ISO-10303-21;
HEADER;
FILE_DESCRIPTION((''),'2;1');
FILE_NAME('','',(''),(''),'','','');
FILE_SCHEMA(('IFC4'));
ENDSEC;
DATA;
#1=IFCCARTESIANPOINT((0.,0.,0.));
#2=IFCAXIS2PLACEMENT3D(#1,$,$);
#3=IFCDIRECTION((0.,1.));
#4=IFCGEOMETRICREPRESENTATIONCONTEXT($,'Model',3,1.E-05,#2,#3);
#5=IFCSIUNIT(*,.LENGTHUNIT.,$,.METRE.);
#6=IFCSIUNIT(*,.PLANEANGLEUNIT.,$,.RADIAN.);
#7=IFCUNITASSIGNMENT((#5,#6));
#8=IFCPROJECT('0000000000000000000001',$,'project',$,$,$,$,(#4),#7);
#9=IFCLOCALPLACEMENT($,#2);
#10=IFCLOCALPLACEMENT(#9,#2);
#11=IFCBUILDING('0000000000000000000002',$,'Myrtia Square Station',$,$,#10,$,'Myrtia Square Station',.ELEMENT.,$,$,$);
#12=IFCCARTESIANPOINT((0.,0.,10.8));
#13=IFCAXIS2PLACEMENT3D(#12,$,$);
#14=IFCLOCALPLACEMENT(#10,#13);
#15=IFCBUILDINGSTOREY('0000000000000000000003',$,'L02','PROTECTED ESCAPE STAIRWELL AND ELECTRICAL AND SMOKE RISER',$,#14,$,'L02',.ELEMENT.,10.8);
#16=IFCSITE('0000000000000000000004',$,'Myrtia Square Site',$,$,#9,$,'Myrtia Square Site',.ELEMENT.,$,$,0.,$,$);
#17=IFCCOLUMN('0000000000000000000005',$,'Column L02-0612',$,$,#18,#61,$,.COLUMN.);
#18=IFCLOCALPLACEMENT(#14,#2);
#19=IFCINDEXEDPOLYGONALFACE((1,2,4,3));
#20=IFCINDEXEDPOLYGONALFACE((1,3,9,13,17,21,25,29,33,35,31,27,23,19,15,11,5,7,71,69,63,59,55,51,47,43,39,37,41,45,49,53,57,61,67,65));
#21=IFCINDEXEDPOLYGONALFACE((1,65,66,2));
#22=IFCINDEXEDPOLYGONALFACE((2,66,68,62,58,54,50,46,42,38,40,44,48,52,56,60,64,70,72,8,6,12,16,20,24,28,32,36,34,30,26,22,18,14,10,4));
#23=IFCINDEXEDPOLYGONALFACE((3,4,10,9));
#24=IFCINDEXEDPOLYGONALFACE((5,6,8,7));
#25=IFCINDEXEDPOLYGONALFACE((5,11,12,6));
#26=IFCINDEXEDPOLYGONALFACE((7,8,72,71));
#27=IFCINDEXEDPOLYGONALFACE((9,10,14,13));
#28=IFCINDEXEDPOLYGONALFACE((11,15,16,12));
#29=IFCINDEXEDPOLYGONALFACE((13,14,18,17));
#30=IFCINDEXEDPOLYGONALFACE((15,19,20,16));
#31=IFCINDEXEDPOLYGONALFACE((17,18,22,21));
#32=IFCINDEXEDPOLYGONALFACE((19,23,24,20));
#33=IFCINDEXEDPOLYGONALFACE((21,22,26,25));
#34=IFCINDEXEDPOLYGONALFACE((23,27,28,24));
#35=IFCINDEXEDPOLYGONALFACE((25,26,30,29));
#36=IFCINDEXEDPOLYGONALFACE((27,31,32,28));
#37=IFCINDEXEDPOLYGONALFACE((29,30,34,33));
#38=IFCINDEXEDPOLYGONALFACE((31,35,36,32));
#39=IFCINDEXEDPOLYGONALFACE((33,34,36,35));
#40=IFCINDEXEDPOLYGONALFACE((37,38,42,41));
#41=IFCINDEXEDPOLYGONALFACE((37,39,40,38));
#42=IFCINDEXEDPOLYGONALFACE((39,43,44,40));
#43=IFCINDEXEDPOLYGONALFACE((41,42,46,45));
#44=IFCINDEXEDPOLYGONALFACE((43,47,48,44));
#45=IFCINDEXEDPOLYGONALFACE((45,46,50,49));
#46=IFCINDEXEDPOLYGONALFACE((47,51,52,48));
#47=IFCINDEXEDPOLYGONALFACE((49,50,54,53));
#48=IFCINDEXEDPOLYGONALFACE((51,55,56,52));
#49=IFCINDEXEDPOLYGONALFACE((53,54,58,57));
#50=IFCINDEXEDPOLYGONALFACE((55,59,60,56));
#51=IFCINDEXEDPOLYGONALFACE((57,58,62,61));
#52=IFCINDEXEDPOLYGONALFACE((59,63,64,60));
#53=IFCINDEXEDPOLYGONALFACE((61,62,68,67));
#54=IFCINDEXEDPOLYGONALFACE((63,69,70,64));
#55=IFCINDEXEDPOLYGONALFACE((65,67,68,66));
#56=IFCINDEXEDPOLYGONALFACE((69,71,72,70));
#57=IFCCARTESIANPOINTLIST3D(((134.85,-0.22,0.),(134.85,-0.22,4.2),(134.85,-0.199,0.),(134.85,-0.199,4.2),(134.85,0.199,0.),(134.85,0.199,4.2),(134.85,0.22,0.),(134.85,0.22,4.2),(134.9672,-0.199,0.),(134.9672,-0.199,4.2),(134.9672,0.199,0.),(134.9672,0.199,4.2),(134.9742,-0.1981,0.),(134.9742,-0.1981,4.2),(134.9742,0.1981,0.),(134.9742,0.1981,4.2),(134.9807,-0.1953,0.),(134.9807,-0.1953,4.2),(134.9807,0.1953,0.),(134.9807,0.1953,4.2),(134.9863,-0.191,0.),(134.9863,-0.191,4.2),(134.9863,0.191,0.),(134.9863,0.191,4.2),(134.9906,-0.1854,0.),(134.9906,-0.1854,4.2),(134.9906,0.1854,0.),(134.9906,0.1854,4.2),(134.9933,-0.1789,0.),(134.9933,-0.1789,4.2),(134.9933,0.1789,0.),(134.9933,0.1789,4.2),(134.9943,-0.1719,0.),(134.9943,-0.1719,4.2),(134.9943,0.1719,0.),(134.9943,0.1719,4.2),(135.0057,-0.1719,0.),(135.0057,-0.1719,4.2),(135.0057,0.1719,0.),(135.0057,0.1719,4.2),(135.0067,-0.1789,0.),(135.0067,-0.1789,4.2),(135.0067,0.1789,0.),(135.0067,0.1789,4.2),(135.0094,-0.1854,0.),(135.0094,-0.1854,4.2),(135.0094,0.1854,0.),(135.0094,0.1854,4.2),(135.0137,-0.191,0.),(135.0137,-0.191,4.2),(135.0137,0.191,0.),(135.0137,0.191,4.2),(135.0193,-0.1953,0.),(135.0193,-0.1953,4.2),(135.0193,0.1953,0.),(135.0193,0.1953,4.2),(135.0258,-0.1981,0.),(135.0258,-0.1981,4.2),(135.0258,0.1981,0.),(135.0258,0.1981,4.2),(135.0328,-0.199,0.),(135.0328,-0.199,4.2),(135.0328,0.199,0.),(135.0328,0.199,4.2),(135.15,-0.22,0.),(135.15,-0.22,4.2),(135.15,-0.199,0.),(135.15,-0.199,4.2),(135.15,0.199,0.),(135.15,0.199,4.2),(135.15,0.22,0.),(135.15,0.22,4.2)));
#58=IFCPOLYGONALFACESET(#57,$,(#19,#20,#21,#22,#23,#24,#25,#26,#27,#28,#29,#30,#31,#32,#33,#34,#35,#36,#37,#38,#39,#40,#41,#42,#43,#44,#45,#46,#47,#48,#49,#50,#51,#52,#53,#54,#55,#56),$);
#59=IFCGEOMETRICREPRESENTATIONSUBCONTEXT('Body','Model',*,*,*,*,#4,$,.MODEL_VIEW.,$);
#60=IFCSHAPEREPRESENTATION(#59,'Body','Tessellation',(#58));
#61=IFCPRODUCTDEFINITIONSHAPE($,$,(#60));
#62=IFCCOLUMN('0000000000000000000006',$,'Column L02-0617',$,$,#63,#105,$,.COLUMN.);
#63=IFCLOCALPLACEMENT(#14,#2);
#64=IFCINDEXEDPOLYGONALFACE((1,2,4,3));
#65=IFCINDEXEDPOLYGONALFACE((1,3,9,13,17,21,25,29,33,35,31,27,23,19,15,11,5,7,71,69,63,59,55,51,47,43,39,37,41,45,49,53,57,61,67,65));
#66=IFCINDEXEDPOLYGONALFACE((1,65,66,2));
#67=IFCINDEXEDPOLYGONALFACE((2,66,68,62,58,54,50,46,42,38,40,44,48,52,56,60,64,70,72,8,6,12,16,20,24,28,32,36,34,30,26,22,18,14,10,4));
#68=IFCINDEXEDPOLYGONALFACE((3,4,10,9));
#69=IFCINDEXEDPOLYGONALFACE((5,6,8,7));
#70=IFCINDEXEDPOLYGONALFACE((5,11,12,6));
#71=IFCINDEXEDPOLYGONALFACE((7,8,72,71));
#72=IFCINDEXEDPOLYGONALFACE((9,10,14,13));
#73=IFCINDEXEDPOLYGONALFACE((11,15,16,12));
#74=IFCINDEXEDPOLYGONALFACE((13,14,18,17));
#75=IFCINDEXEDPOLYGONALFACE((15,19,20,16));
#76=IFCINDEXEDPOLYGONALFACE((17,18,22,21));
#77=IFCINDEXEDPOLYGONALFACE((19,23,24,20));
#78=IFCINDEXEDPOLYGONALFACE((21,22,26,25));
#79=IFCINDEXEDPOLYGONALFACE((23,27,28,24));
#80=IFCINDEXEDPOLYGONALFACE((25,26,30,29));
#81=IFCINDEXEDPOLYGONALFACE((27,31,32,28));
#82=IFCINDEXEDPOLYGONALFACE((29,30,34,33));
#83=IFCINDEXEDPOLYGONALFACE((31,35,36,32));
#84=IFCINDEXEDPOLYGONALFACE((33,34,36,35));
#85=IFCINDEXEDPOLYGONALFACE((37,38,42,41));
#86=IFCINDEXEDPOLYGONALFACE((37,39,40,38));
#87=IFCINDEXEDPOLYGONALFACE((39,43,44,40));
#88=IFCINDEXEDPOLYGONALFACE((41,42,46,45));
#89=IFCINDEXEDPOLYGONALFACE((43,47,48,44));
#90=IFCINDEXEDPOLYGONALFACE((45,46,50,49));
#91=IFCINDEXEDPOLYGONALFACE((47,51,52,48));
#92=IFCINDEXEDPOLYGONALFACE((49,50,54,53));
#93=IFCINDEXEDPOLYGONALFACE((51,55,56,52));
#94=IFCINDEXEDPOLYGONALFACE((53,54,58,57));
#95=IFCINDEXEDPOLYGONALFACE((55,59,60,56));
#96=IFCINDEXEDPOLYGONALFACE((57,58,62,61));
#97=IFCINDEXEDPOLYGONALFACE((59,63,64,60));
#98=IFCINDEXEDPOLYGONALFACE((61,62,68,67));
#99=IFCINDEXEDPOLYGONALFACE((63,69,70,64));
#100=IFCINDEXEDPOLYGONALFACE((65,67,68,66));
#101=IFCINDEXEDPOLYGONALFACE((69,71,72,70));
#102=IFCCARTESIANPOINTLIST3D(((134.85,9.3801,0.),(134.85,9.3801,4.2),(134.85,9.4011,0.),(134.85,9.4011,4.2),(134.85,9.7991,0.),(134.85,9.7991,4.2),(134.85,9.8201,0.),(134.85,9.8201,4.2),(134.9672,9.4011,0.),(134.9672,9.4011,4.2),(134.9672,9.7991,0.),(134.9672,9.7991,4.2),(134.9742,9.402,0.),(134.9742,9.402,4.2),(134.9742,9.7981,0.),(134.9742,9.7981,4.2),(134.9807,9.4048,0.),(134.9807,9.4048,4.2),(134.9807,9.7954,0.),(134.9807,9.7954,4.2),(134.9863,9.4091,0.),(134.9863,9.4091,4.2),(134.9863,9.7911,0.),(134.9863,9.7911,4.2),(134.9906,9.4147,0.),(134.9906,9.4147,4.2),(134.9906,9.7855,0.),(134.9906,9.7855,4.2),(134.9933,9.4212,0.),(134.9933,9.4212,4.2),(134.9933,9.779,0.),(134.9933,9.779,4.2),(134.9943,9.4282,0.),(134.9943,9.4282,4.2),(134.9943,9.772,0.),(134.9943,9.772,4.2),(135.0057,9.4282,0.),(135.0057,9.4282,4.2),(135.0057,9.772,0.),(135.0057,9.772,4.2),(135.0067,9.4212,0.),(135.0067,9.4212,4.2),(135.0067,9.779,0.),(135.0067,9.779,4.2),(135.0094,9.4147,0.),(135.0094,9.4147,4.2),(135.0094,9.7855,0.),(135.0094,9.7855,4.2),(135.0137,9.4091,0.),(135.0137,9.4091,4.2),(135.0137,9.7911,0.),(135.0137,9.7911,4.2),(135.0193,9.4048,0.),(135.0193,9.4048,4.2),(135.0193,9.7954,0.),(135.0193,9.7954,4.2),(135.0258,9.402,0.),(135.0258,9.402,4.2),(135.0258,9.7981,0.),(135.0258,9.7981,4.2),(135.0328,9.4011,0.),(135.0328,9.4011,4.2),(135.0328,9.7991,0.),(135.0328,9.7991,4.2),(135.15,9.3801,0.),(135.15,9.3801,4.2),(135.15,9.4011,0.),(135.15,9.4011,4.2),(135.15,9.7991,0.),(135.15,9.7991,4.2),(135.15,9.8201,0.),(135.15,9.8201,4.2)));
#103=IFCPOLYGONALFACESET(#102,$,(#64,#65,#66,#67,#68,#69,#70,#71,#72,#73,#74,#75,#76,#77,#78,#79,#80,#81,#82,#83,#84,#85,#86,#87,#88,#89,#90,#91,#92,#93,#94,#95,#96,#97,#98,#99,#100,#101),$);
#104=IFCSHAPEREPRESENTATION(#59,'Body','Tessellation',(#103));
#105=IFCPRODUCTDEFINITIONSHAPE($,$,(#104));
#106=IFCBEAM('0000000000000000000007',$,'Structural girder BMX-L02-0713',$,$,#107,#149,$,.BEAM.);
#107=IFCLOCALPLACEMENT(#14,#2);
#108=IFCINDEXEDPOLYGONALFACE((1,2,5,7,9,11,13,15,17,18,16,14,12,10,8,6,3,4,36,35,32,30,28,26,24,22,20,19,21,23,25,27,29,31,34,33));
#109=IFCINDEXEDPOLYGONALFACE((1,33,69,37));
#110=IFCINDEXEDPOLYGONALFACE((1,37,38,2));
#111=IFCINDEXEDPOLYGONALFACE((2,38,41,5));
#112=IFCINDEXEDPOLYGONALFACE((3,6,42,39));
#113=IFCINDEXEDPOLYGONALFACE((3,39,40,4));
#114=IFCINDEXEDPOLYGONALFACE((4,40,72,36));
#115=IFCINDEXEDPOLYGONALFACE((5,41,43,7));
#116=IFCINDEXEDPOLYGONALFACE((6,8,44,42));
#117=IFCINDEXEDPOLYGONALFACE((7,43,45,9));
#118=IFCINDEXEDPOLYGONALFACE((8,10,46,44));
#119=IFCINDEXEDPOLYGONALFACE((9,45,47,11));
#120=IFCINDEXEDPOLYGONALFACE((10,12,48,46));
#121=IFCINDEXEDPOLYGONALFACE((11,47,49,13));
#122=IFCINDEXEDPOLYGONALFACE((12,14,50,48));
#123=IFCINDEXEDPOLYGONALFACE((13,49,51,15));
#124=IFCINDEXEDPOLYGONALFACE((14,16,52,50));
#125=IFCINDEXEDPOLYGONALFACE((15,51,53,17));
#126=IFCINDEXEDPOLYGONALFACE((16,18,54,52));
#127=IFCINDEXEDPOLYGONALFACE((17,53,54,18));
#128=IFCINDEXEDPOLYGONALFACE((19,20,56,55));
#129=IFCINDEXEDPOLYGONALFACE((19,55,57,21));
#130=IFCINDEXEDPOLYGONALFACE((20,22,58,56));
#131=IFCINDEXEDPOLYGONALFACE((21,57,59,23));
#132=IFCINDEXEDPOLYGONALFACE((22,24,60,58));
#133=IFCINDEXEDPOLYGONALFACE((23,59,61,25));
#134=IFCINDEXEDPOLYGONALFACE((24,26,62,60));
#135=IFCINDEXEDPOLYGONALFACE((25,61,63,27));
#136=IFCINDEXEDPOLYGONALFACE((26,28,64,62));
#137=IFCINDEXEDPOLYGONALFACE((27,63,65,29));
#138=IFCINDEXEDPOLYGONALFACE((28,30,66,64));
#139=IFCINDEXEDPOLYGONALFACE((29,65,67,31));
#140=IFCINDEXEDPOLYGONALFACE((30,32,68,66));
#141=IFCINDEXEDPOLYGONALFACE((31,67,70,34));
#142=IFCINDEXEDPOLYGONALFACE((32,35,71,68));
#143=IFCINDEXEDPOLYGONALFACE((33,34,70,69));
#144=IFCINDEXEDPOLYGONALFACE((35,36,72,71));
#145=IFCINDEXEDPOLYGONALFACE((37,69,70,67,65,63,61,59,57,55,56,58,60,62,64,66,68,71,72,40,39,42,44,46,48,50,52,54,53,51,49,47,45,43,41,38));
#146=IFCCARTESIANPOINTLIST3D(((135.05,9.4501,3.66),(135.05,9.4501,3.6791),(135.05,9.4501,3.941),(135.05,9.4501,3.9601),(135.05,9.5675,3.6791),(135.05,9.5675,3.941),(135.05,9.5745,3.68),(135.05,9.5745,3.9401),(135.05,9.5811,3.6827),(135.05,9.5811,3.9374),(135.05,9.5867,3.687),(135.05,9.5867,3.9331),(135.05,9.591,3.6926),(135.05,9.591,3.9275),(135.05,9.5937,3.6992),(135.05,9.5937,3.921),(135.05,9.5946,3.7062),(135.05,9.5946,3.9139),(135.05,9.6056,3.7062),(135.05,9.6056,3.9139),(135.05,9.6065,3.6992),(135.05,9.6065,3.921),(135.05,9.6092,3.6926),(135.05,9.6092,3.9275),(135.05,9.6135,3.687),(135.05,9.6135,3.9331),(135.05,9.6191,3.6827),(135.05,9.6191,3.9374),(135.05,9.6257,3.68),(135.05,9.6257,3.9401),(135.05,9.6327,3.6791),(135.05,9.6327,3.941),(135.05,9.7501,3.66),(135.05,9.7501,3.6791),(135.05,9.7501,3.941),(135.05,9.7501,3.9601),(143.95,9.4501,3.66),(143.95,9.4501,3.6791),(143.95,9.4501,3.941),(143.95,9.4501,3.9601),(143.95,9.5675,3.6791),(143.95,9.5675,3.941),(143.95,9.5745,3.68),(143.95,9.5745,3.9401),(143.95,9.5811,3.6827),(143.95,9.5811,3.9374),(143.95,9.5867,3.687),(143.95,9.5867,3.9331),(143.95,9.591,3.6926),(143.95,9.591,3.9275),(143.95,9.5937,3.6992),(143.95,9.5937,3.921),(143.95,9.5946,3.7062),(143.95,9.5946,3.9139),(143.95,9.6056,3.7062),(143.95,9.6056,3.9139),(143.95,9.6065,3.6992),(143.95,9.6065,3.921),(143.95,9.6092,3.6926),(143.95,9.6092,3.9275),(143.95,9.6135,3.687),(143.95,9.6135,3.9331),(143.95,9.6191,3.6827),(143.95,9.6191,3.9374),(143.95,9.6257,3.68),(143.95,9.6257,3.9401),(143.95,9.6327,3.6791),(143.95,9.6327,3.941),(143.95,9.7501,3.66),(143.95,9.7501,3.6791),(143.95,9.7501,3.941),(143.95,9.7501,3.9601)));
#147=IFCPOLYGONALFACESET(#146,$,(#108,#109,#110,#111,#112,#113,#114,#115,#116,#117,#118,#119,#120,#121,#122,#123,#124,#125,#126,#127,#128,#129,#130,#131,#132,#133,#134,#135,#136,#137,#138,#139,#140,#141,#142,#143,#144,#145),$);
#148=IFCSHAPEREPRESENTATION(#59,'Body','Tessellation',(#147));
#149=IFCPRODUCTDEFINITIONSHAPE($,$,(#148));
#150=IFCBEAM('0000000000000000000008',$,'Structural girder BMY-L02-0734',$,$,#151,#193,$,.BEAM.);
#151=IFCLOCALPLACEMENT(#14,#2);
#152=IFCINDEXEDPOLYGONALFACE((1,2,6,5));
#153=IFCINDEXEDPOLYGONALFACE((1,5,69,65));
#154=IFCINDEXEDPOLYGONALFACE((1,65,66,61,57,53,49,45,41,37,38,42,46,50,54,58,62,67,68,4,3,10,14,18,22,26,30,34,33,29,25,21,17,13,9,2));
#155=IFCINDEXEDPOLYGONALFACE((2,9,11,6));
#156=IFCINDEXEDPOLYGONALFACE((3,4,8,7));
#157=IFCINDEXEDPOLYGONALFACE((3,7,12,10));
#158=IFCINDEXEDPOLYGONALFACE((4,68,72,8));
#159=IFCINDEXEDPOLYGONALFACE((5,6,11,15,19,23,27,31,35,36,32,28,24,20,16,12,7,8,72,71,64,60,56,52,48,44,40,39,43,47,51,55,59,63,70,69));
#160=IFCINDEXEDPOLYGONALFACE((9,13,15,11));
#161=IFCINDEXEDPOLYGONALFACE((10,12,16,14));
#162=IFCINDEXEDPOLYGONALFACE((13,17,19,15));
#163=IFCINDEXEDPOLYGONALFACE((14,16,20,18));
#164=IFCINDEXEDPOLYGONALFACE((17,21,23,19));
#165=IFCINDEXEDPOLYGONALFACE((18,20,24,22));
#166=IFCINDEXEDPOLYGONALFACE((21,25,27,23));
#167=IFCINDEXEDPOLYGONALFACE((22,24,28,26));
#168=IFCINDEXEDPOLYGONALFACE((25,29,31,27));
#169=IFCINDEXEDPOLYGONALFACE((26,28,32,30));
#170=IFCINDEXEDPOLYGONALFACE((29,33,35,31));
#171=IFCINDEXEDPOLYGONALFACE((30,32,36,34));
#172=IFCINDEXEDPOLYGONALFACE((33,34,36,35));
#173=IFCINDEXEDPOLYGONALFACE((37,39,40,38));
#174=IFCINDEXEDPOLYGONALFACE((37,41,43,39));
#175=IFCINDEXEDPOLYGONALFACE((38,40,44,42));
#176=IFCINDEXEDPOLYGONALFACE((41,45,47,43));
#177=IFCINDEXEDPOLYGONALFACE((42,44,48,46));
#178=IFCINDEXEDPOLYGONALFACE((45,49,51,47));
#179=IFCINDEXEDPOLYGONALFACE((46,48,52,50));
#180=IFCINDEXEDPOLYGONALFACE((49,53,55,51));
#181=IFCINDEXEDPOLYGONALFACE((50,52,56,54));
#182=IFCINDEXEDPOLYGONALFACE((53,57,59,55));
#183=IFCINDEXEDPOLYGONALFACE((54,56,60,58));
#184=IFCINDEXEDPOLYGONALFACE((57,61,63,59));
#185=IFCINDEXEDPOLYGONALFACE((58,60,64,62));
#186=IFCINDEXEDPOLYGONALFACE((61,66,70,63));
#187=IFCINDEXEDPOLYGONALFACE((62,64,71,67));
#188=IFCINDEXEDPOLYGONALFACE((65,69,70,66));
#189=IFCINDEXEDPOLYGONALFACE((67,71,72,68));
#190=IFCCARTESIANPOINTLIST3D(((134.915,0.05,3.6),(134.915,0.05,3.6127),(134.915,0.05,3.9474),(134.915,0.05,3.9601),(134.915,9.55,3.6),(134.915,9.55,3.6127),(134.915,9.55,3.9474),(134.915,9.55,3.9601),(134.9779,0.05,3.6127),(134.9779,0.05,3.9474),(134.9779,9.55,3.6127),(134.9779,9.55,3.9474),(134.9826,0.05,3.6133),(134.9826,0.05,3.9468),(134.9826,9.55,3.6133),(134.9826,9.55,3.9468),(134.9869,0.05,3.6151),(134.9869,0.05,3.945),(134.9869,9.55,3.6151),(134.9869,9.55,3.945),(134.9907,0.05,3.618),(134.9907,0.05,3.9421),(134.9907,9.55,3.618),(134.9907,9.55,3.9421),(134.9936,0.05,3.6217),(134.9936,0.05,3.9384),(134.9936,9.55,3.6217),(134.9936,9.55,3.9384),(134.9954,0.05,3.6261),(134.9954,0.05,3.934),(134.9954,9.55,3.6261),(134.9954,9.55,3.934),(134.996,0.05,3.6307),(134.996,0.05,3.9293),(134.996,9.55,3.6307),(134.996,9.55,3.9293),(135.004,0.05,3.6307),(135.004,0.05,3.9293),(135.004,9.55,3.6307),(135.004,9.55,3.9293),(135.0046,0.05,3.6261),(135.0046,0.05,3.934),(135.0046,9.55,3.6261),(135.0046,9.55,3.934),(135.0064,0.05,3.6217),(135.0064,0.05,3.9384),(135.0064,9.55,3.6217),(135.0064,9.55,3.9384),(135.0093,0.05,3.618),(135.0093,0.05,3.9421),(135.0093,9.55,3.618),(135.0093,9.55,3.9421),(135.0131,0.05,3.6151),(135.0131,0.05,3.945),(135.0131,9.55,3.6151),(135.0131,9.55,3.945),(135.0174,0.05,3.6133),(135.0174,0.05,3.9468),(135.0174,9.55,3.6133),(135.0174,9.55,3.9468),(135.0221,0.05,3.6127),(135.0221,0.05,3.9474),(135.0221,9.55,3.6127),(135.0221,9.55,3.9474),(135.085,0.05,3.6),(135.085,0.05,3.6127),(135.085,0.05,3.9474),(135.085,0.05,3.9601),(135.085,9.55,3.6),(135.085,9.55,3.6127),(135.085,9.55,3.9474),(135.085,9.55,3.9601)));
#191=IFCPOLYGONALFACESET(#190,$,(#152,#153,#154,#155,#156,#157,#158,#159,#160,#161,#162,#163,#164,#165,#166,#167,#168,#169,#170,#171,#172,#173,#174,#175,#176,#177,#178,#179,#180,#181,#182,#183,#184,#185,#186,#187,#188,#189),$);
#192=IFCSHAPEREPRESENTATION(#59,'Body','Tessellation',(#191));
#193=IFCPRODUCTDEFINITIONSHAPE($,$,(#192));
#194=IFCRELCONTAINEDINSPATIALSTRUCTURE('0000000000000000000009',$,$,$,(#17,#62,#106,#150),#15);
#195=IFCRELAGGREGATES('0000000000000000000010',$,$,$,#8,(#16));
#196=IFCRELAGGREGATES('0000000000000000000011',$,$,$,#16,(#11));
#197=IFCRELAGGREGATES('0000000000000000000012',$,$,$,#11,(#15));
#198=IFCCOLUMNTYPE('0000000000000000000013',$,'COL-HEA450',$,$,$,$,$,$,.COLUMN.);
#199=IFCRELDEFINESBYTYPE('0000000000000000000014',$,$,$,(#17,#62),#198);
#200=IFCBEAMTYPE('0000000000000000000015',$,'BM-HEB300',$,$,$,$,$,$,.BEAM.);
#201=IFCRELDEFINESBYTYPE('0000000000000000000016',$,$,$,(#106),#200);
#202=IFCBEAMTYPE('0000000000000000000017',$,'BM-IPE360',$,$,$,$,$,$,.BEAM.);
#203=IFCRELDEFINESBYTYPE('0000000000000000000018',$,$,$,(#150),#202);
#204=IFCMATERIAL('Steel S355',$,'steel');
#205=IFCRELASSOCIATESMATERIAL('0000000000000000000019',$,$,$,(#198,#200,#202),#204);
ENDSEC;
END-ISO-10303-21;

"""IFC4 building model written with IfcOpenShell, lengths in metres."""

from ifc_helpers import new_model, si_unit, direction, frame, origin, origin_2d, place, context, subcontext, project, spatial, i_section, extrude, material, material_profile, profile_set, type_object, element, save


model = new_model("IFC4")

# Units and contexts
model_context = context("Model", 3, precision=1e-05, world=origin(), true_north=direction((0.0, 1.0)))
body_context = subcontext(model_context, "Body", "Model", "MODEL_VIEW")
ifc_project = project(units=[si_unit("LENGTHUNIT", "METRE"), si_unit("PLANEANGLEUNIT", "RADIAN")], contexts=[model_context])

# Site, building, storey
site_placement = place(None, origin())
site = spatial("IfcSite", under=ifc_project, at=site_placement, Name="Myrtia Square Site", LongName="Myrtia Square Site", CompositionType="ELEMENT", RefElevation=0.0)
building_placement = place(site_placement, origin())
building = spatial("IfcBuilding", under=site, at=building_placement, Name="Myrtia Square Station", LongName="Myrtia Square Station", CompositionType="ELEMENT")
storey_placement = place(building_placement, frame((0.0, 0.0, 10.8)))
storey = spatial("IfcBuildingStorey", under=building, at=storey_placement, Name="L02", Description="PROTECTED ESCAPE STAIRWELL AND ELECTRICAL AND SMOKE RISER", LongName="L02", CompositionType="ELEMENT", Elevation=10.8)

# Columns
ifc_material_1 = material(Name="Steel S355", Category="steel")
ifc_material_profile_1 = material_profile(ifc_material_1, i_section(OverallWidth=0.3, OverallDepth=0.4399, WebThickness=0.0115, FlangeThickness=0.021, FilletRadius=0.0271, at=origin_2d()), Name="HEA 450")
ifc_profile_set_1 = profile_set([ifc_material_profile_1], Name="Steel S355")
column_type = type_object("IfcColumnType", Name="COL-HEA450", PredefinedType="COLUMN", material=ifc_profile_set_1)
for number, where, z_axis, x_axis, name in (
    (1, (135.0, 0.0, 0.0), (0.0, 0.0, 1.0), (1.0, 0.0, 0.0), "Column L02-0612"),
    (2, (135.0, 9.6001, 0.0), (0.0, 0.0, 1.0), (1.0, 0.0, 0.0), "Column L02-0617"),
):
    element("IfcColumn", number, at=place(storey_placement, frame(where, z_axis=z_axis, x_axis=x_axis)), inside=storey, type_object=column_type, Name=name, PredefinedType="COLUMN", context=body_context, shape_type="SweptSolid", body=[
        extrude(i_section(OverallWidth=0.3, OverallDepth=0.4399, WebThickness=0.0115, FlangeThickness=0.021, FilletRadius=0.0271, at=origin_2d()), origin(), (0.0, 0.0, 1.0), 4.2),
    ])

# Beams
ifc_material_profile_2 = material_profile(ifc_material_1, i_section(OverallWidth=0.3, OverallDepth=0.3, WebThickness=0.011, FlangeThickness=0.019, FilletRadius=0.0271, at=origin_2d()), Name="HEB 300")
ifc_profile_set_2 = profile_set([ifc_material_profile_2], Name="Steel S355")
beam_type_1 = type_object("IfcBeamType", Name="BM-HEB300", PredefinedType="BEAM", material=ifc_profile_set_2)
beam_1_placement = place(storey_placement, frame((135.05, 9.6001, 3.8101), z_axis=(1.0, 0.0, 0.0), x_axis=(0.0, 1.0, 0.0)))
element("IfcBeam", 3, at=beam_1_placement, inside=storey, type_object=beam_type_1, Name="Structural girder BMX-L02-0713", PredefinedType="BEAM", context=body_context, shape_type="SweptSolid", body=[
    extrude(i_section(OverallWidth=0.3, OverallDepth=0.3, WebThickness=0.011, FlangeThickness=0.019, FilletRadius=0.0271, at=origin_2d()), origin(), (0.0, 0.0, 1.0), 8.8999),
])
ifc_material_profile_3 = material_profile(ifc_material_1, i_section(OverallWidth=0.1699, OverallDepth=0.3601, WebThickness=0.0081, FlangeThickness=0.0127, FilletRadius=0.0181, at=origin_2d()), Name="IPE 360")
ifc_profile_set_3 = profile_set([ifc_material_profile_3], Name="Steel S355")
beam_type_2 = type_object("IfcBeamType", Name="BM-IPE360", PredefinedType="BEAM", material=ifc_profile_set_3)
for number, where, z_axis, x_axis, name in (
    (4, (135.0, 0.05, 3.78), (0.0, 1.0, 0.0), (-1.0, 0.0, 0.0), "Structural girder BMY-L02-0734"),
):
    element("IfcBeam", number, at=place(storey_placement, frame(where, z_axis=z_axis, x_axis=x_axis)), inside=storey, type_object=beam_type_2, Name=name, PredefinedType="BEAM", context=body_context, shape_type="SweptSolid", body=[
        extrude(i_section(OverallWidth=0.1699, OverallDepth=0.3601, WebThickness=0.0081, FlangeThickness=0.0127, FilletRadius=0.0181, at=origin_2d()), origin(), (0.0, 0.0, 1.0), 9.5),
    ])

save(model, "model.ifc")
